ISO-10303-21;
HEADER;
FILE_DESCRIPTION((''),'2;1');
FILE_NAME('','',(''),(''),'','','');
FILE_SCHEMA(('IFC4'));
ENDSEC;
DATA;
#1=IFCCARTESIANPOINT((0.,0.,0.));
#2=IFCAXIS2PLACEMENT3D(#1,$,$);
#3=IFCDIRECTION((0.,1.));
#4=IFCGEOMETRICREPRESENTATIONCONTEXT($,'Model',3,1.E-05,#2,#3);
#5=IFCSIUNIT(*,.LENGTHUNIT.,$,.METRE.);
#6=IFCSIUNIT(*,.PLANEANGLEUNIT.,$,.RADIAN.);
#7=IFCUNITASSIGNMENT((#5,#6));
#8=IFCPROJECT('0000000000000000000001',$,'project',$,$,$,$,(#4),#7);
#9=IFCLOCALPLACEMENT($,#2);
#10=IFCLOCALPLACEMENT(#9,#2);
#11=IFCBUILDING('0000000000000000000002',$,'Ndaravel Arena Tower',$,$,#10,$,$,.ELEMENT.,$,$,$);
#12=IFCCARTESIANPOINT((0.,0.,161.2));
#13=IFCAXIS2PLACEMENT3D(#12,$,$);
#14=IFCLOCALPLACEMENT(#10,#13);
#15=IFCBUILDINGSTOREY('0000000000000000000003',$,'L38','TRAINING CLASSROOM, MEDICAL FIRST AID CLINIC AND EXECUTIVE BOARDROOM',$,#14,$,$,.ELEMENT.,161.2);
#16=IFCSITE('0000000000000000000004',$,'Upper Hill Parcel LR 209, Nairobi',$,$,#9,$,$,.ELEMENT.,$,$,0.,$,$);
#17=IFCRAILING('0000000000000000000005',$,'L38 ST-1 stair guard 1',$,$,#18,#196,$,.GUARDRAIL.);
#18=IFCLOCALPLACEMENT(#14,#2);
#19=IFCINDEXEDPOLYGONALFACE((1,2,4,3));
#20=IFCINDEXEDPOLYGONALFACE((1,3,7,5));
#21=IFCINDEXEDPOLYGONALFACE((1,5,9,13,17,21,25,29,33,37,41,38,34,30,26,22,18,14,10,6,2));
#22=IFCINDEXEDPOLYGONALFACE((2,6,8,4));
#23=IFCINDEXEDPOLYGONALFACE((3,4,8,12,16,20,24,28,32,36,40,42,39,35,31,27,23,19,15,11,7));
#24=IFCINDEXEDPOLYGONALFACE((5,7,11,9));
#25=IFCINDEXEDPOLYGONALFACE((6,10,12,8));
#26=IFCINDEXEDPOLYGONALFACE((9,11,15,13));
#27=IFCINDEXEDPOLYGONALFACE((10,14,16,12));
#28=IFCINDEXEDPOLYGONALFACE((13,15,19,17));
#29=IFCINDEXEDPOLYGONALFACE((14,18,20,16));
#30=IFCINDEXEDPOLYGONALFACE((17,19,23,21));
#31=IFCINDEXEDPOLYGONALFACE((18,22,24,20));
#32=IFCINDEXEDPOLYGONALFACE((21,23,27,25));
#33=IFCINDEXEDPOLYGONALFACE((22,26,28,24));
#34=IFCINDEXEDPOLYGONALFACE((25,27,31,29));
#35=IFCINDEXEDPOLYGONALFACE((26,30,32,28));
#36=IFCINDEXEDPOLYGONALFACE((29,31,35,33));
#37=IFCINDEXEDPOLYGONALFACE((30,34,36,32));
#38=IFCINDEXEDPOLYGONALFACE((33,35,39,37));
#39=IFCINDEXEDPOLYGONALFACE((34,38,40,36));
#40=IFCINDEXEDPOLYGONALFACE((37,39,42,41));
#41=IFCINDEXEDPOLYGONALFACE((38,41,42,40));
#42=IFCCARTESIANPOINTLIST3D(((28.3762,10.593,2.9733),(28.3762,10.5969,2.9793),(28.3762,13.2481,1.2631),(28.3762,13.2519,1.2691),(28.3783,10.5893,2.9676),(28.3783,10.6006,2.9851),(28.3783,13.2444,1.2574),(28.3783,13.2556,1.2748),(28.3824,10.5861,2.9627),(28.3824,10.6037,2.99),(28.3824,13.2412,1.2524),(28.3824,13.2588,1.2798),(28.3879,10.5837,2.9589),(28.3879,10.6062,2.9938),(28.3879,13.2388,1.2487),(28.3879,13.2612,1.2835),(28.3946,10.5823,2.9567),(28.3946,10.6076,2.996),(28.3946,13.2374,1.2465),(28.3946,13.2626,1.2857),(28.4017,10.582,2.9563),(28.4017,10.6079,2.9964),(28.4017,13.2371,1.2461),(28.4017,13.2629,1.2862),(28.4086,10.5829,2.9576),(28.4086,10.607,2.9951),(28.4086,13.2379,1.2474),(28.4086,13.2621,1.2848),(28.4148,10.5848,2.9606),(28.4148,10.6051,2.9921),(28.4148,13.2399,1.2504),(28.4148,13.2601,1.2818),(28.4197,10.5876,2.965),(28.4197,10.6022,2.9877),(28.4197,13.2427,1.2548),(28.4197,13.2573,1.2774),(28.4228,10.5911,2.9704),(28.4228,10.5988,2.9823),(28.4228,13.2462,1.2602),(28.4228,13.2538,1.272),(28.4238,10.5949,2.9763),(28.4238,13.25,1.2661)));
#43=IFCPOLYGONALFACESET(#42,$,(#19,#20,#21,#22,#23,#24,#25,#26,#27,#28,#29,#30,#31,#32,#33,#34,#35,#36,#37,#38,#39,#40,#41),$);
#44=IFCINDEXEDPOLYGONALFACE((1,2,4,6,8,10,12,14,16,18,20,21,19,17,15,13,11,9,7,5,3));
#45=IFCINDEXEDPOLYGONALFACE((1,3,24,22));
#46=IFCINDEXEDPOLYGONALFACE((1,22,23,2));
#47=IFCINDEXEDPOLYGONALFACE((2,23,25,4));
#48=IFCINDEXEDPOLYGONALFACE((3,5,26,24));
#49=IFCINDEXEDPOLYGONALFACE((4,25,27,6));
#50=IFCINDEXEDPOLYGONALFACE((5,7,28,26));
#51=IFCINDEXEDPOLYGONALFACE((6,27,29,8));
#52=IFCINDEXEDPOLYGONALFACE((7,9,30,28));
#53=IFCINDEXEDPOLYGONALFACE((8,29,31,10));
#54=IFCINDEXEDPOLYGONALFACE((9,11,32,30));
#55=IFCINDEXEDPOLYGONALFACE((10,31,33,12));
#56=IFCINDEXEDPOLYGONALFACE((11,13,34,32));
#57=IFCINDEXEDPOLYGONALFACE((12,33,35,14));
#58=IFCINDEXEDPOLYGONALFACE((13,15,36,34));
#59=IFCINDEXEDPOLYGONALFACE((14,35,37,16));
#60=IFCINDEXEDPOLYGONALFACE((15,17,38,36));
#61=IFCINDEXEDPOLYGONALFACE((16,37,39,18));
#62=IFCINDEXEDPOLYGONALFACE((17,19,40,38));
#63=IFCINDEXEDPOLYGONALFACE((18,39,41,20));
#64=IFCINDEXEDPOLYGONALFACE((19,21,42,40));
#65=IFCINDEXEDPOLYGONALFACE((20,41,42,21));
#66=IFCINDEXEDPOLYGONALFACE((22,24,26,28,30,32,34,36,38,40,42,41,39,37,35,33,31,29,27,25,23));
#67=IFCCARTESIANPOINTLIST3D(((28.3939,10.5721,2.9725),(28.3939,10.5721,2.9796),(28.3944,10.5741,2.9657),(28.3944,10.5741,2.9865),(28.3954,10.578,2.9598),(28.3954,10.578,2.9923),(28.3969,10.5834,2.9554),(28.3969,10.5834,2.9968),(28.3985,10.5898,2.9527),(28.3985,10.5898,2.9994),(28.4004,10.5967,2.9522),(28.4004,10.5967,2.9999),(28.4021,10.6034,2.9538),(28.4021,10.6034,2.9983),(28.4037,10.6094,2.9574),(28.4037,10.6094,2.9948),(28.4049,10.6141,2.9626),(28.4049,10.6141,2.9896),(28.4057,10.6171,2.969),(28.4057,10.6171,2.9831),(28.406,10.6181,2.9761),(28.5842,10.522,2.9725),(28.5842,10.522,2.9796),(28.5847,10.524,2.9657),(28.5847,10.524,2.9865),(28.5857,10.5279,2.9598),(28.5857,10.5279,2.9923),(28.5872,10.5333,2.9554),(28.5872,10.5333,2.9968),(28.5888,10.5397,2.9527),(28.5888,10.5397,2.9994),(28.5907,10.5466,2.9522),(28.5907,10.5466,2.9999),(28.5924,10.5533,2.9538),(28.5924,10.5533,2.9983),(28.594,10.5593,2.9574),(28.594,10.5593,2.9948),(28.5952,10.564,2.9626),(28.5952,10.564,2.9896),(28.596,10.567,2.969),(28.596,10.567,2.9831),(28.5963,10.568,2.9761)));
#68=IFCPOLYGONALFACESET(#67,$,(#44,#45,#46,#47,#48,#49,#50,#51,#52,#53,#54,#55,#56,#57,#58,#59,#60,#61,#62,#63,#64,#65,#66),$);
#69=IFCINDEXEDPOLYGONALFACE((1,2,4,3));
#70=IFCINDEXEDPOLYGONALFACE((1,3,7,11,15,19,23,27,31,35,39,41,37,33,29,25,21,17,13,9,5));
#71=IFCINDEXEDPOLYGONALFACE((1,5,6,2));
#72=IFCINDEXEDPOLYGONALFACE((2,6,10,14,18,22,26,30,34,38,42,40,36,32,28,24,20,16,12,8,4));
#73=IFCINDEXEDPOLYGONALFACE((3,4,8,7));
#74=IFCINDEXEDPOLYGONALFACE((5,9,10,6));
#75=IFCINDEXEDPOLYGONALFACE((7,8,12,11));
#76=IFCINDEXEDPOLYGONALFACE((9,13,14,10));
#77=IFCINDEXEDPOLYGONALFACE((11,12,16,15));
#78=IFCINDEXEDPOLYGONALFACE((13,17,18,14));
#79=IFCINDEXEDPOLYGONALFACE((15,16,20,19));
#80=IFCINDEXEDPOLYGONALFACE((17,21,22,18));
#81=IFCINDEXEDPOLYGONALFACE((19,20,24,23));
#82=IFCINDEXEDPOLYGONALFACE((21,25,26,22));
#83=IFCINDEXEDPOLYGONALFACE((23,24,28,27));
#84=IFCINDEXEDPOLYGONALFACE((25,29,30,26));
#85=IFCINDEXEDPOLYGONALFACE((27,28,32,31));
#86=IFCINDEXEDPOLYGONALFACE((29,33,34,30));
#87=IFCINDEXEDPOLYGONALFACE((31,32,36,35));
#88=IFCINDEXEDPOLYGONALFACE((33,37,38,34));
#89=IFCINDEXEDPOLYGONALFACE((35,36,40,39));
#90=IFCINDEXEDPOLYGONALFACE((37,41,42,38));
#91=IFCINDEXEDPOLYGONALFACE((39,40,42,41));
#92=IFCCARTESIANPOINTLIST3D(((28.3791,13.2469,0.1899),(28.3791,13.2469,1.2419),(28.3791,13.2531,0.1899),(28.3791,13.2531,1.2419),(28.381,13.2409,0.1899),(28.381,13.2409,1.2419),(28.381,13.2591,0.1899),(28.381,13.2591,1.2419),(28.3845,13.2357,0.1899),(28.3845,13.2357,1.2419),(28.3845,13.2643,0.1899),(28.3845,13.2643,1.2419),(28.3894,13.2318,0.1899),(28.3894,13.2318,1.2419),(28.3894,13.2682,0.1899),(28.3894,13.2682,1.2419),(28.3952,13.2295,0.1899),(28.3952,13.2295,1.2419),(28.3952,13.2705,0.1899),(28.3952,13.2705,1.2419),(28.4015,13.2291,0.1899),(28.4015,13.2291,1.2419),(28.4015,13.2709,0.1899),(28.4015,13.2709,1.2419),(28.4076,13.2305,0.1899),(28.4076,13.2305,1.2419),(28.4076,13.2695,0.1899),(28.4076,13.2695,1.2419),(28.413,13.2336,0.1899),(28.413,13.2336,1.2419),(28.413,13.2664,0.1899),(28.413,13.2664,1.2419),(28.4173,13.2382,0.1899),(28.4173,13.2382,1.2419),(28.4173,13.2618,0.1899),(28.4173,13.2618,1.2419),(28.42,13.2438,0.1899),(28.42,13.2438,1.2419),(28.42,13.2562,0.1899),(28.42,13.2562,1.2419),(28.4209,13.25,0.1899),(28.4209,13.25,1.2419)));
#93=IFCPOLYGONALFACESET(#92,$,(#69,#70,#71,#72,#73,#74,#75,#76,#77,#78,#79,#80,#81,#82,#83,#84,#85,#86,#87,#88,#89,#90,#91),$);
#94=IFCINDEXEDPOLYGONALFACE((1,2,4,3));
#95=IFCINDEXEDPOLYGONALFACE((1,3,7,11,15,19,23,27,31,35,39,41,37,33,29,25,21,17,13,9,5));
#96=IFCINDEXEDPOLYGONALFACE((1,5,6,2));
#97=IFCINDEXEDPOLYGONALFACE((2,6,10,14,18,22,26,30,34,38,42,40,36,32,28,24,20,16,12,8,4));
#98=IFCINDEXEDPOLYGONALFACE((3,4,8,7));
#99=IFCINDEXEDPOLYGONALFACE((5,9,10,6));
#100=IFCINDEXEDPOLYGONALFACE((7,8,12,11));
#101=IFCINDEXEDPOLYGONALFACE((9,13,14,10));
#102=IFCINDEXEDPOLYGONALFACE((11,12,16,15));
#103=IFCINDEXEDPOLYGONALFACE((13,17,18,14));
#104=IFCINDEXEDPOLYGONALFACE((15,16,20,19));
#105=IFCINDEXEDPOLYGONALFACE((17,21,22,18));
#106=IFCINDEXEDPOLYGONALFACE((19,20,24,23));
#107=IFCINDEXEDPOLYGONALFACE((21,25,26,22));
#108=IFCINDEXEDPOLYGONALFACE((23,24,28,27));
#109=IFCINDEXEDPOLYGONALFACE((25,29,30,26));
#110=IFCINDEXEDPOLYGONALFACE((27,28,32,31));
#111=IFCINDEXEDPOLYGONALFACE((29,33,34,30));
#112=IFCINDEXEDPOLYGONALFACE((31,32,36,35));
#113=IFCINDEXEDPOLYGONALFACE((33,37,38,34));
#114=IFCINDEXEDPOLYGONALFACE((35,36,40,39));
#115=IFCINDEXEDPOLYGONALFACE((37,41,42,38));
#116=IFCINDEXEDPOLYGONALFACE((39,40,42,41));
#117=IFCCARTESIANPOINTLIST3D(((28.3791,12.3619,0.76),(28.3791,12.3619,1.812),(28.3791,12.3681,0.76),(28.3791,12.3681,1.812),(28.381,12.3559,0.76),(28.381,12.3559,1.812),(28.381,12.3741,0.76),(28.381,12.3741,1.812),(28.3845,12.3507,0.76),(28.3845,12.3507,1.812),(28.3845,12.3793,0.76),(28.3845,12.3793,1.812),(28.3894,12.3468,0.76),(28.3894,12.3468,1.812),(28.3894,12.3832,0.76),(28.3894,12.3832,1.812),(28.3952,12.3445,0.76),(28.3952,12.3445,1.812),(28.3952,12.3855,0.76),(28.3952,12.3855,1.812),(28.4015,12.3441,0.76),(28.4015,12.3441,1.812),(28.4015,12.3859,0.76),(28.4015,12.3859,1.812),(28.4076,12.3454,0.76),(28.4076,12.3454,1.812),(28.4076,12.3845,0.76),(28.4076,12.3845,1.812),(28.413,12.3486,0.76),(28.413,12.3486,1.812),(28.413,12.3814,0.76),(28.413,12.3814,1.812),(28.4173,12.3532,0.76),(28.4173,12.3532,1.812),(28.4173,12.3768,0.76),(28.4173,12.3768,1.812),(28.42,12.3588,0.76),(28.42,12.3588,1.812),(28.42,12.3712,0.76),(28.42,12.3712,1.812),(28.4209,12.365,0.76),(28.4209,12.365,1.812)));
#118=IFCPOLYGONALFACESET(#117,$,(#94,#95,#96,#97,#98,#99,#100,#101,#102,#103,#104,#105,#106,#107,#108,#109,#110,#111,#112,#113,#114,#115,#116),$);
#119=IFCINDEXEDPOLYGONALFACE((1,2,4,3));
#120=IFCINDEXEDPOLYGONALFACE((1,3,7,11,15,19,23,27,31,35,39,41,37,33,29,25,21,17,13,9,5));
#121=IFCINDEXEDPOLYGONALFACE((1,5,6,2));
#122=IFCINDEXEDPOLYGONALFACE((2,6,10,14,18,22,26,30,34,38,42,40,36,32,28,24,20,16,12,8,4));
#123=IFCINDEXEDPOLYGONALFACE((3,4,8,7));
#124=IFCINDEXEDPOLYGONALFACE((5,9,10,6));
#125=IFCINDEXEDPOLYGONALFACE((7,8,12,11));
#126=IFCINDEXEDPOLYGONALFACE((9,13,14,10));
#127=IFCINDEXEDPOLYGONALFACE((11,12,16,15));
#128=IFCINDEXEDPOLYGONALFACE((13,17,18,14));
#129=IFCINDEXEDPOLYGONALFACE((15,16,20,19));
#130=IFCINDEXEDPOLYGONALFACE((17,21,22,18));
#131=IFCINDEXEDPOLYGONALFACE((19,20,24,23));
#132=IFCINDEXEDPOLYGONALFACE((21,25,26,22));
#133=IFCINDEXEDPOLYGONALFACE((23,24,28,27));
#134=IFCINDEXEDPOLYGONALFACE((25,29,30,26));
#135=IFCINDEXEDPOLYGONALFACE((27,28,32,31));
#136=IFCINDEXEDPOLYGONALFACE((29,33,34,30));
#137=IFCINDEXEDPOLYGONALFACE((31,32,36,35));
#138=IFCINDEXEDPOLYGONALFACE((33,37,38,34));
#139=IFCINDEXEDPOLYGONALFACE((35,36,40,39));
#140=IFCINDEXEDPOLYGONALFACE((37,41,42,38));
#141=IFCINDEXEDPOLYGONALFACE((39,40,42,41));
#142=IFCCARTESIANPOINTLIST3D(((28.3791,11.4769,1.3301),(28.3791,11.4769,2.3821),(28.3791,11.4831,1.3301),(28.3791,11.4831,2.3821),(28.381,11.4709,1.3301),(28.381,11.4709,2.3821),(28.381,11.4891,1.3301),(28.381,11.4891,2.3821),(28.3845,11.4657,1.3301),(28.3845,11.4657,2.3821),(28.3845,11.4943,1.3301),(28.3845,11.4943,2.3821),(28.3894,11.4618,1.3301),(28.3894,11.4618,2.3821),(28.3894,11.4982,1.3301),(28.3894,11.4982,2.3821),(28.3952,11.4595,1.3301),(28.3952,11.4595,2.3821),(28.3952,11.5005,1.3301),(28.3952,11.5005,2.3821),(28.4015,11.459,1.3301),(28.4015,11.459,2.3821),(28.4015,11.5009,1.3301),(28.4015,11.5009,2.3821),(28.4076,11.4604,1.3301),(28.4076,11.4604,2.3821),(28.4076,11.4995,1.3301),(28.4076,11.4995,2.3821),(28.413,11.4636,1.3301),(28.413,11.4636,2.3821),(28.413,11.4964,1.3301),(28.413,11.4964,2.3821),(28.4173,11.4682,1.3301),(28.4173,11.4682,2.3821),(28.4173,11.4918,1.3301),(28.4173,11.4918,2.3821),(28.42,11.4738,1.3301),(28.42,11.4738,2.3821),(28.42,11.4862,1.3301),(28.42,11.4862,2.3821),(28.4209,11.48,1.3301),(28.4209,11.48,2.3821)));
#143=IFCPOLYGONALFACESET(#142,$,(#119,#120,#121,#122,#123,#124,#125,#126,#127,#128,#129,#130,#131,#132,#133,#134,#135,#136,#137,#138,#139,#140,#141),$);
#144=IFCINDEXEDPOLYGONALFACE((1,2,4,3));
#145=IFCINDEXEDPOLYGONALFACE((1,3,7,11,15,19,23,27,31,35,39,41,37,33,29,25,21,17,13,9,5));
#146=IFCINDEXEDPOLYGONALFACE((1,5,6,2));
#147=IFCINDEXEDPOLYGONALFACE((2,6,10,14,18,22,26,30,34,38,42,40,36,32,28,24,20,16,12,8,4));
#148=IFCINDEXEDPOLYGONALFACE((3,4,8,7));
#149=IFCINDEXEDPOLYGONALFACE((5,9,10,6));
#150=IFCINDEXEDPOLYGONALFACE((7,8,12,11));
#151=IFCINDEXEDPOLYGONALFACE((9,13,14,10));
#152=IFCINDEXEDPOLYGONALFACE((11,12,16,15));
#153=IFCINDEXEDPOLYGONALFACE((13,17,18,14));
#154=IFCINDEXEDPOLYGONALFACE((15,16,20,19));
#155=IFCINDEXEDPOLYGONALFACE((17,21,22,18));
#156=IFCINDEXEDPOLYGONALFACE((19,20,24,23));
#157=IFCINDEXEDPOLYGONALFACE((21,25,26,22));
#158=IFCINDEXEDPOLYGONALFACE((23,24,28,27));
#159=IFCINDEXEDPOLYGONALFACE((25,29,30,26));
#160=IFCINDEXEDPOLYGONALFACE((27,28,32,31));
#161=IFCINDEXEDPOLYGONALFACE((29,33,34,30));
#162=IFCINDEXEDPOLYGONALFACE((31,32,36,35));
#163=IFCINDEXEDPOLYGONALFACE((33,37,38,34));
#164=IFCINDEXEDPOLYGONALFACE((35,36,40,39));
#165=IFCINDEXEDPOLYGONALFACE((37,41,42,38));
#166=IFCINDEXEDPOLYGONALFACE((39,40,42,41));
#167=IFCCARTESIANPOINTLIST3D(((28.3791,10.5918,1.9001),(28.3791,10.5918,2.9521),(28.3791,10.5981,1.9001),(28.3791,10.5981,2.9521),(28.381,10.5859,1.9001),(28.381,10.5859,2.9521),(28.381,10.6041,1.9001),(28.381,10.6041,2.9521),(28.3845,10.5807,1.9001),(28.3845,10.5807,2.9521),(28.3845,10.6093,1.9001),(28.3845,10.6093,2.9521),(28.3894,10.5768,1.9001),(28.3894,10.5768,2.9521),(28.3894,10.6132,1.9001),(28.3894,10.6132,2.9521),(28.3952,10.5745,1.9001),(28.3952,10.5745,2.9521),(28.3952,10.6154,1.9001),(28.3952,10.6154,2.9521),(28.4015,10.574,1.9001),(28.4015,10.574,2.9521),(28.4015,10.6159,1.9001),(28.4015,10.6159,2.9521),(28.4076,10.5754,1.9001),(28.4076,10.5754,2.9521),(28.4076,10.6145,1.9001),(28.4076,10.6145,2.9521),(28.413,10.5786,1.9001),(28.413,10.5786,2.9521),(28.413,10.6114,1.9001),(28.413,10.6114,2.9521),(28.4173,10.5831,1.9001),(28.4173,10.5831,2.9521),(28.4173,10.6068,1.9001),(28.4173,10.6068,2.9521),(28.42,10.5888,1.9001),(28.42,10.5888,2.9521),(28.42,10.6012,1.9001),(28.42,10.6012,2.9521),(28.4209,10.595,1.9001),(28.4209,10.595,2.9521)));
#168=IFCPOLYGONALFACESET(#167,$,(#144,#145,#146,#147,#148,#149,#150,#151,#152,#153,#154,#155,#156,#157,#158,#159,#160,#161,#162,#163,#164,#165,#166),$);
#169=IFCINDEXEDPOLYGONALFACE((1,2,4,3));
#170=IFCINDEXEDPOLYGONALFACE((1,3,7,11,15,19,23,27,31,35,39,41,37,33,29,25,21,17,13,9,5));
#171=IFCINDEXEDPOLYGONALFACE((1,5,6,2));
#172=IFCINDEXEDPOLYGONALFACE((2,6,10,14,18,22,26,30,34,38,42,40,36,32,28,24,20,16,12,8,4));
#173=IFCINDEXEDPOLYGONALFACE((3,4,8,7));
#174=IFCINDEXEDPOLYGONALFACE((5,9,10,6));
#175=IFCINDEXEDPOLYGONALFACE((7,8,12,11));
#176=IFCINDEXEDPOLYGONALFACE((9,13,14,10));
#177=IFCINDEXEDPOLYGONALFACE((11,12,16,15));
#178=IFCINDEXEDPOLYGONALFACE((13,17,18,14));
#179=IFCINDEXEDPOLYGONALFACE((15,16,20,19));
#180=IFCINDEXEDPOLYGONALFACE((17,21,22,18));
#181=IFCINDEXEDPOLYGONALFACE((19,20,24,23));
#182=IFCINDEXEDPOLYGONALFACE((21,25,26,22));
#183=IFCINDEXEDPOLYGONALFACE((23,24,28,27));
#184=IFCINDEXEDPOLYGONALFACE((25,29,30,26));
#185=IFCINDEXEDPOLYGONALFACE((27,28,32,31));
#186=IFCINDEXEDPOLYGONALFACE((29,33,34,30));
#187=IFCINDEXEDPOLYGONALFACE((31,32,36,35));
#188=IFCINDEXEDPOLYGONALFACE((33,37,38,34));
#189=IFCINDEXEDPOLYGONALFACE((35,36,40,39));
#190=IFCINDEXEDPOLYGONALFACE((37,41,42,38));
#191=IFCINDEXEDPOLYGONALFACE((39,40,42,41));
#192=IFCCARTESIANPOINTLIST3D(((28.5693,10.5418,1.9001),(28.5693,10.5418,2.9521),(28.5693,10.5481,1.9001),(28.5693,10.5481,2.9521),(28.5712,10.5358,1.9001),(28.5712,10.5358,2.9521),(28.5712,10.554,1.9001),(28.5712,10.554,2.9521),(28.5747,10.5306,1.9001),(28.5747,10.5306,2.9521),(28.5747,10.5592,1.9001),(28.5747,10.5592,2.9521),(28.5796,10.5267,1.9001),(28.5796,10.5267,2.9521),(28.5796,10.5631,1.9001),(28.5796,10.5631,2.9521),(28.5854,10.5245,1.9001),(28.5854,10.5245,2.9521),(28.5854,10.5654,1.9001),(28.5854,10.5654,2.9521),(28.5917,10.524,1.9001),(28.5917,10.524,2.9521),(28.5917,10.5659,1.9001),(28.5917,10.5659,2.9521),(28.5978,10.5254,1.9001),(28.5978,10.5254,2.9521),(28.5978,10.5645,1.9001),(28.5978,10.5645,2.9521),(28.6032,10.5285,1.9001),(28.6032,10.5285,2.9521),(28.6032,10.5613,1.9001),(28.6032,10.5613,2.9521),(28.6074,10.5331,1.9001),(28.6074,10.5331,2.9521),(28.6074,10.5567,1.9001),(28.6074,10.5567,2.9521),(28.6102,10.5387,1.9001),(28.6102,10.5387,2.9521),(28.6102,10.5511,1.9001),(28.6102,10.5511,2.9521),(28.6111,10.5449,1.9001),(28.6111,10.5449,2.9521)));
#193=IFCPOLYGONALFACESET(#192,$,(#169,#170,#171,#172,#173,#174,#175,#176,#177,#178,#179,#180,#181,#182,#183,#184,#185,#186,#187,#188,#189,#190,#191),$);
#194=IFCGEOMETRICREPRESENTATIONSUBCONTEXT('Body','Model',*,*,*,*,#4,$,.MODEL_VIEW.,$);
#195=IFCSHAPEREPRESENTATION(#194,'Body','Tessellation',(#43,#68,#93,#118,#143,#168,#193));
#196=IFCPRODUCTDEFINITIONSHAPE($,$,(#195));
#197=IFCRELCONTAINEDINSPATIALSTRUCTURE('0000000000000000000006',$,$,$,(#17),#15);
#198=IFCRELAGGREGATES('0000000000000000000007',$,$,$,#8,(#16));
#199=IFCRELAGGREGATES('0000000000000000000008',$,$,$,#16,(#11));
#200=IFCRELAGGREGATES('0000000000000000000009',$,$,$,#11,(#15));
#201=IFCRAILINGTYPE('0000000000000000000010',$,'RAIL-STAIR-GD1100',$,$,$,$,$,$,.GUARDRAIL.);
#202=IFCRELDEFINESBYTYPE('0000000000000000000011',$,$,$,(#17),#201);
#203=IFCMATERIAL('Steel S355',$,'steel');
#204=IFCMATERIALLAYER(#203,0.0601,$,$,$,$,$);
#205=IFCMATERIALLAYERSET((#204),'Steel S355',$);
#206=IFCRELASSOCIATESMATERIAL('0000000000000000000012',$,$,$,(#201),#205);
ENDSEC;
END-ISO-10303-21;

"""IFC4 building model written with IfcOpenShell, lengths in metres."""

from ifc_helpers import new_model, si_unit, direction, frame, origin, origin_2d, place, context, subcontext, project, spatial, circle, extrude, material, layer, layer_set, type_object, element, save


model = new_model("IFC4")

# Units and contexts
model_context = context("Model", 3, precision=1e-05, world=origin(), true_north=direction((0.0, 1.0)))
body_context = subcontext(model_context, "Body", "Model", "MODEL_VIEW")
ifc_project = project(units=[si_unit("LENGTHUNIT", "METRE"), si_unit("PLANEANGLEUNIT", "RADIAN")], contexts=[model_context])

# Site, building, storey
site_placement = place(None, origin())
site = spatial("IfcSite", under=ifc_project, at=site_placement, Name="Upper Hill Parcel LR 209, Nairobi", CompositionType="ELEMENT", RefElevation=0.0)
building_placement = place(site_placement, origin())
building = spatial("IfcBuilding", under=site, at=building_placement, Name="Ndaravel Arena Tower", CompositionType="ELEMENT")
storey_placement = place(building_placement, frame((0.0, 0.0, 161.2)))
storey = spatial("IfcBuildingStorey", under=building, at=storey_placement, Name="L38", Description="TRAINING CLASSROOM, MEDICAL FIRST AID CLINIC AND EXECUTIVE BOARDROOM", CompositionType="ELEMENT", Elevation=161.2)

# Railing
ifc_material_1 = material(Name="Steel S355", Category="steel")
ifc_layer_1 = layer(ifc_material_1, 0.0601)
ifc_layer_set_1 = layer_set([ifc_layer_1], Name="Steel S355")
railing_type_1 = type_object("IfcRailingType", Name="RAIL-STAIR-GD1100", PredefinedType="GUARDRAIL", material=ifc_layer_set_1)
railing_1_placement = place(storey_placement, frame((28.3999, 13.25, 0.1899)))
element("IfcRailing", 1, at=railing_1_placement, inside=storey, type_object=railing_type_1, Name="L38 ST-1 stair guard 1", PredefinedType="GUARDRAIL", context=body_context, shape_type="SweptSolid", body=[
    extrude(circle(Radius=0.0239, at=origin_2d()), frame((0.0, 0.0, 1.0762), z_axis=(0.0, -0.840688, 0.541519), x_axis=(1.0, 0.0, 0.0)), (0.0, 0.0, 1.0), 3.1582),
    extrude(circle(Radius=0.0239, at=origin_2d()), frame((0.0, -2.655, 2.7861), z_axis=(0.967075, -0.254493, 0.0), x_axis=(0.254493, 0.967075, 0.0)), (0.0, 0.0, 1.0), 0.1968),
    extrude(circle(Radius=0.021, at=origin_2d()), origin(), (0.0, 0.0, 1.0), 1.052),
    extrude(circle(Radius=0.021, at=origin_2d()), frame((0.0, -0.885, 0.5701)), (0.0, 0.0, 1.0), 1.052),
    extrude(circle(Radius=0.021, at=origin_2d()), frame((0.0, -1.77, 1.1401)), (0.0, 0.0, 1.0), 1.052),
    extrude(circle(Radius=0.021, at=origin_2d()), frame((0.0, -2.655, 1.7102)), (0.0, 0.0, 1.0), 1.052),
    extrude(circle(Radius=0.021, at=origin_2d()), frame((0.1902, -2.7051, 1.7102)), (0.0, 0.0, 1.0), 1.052),
])

save(model, "model.ifc")
